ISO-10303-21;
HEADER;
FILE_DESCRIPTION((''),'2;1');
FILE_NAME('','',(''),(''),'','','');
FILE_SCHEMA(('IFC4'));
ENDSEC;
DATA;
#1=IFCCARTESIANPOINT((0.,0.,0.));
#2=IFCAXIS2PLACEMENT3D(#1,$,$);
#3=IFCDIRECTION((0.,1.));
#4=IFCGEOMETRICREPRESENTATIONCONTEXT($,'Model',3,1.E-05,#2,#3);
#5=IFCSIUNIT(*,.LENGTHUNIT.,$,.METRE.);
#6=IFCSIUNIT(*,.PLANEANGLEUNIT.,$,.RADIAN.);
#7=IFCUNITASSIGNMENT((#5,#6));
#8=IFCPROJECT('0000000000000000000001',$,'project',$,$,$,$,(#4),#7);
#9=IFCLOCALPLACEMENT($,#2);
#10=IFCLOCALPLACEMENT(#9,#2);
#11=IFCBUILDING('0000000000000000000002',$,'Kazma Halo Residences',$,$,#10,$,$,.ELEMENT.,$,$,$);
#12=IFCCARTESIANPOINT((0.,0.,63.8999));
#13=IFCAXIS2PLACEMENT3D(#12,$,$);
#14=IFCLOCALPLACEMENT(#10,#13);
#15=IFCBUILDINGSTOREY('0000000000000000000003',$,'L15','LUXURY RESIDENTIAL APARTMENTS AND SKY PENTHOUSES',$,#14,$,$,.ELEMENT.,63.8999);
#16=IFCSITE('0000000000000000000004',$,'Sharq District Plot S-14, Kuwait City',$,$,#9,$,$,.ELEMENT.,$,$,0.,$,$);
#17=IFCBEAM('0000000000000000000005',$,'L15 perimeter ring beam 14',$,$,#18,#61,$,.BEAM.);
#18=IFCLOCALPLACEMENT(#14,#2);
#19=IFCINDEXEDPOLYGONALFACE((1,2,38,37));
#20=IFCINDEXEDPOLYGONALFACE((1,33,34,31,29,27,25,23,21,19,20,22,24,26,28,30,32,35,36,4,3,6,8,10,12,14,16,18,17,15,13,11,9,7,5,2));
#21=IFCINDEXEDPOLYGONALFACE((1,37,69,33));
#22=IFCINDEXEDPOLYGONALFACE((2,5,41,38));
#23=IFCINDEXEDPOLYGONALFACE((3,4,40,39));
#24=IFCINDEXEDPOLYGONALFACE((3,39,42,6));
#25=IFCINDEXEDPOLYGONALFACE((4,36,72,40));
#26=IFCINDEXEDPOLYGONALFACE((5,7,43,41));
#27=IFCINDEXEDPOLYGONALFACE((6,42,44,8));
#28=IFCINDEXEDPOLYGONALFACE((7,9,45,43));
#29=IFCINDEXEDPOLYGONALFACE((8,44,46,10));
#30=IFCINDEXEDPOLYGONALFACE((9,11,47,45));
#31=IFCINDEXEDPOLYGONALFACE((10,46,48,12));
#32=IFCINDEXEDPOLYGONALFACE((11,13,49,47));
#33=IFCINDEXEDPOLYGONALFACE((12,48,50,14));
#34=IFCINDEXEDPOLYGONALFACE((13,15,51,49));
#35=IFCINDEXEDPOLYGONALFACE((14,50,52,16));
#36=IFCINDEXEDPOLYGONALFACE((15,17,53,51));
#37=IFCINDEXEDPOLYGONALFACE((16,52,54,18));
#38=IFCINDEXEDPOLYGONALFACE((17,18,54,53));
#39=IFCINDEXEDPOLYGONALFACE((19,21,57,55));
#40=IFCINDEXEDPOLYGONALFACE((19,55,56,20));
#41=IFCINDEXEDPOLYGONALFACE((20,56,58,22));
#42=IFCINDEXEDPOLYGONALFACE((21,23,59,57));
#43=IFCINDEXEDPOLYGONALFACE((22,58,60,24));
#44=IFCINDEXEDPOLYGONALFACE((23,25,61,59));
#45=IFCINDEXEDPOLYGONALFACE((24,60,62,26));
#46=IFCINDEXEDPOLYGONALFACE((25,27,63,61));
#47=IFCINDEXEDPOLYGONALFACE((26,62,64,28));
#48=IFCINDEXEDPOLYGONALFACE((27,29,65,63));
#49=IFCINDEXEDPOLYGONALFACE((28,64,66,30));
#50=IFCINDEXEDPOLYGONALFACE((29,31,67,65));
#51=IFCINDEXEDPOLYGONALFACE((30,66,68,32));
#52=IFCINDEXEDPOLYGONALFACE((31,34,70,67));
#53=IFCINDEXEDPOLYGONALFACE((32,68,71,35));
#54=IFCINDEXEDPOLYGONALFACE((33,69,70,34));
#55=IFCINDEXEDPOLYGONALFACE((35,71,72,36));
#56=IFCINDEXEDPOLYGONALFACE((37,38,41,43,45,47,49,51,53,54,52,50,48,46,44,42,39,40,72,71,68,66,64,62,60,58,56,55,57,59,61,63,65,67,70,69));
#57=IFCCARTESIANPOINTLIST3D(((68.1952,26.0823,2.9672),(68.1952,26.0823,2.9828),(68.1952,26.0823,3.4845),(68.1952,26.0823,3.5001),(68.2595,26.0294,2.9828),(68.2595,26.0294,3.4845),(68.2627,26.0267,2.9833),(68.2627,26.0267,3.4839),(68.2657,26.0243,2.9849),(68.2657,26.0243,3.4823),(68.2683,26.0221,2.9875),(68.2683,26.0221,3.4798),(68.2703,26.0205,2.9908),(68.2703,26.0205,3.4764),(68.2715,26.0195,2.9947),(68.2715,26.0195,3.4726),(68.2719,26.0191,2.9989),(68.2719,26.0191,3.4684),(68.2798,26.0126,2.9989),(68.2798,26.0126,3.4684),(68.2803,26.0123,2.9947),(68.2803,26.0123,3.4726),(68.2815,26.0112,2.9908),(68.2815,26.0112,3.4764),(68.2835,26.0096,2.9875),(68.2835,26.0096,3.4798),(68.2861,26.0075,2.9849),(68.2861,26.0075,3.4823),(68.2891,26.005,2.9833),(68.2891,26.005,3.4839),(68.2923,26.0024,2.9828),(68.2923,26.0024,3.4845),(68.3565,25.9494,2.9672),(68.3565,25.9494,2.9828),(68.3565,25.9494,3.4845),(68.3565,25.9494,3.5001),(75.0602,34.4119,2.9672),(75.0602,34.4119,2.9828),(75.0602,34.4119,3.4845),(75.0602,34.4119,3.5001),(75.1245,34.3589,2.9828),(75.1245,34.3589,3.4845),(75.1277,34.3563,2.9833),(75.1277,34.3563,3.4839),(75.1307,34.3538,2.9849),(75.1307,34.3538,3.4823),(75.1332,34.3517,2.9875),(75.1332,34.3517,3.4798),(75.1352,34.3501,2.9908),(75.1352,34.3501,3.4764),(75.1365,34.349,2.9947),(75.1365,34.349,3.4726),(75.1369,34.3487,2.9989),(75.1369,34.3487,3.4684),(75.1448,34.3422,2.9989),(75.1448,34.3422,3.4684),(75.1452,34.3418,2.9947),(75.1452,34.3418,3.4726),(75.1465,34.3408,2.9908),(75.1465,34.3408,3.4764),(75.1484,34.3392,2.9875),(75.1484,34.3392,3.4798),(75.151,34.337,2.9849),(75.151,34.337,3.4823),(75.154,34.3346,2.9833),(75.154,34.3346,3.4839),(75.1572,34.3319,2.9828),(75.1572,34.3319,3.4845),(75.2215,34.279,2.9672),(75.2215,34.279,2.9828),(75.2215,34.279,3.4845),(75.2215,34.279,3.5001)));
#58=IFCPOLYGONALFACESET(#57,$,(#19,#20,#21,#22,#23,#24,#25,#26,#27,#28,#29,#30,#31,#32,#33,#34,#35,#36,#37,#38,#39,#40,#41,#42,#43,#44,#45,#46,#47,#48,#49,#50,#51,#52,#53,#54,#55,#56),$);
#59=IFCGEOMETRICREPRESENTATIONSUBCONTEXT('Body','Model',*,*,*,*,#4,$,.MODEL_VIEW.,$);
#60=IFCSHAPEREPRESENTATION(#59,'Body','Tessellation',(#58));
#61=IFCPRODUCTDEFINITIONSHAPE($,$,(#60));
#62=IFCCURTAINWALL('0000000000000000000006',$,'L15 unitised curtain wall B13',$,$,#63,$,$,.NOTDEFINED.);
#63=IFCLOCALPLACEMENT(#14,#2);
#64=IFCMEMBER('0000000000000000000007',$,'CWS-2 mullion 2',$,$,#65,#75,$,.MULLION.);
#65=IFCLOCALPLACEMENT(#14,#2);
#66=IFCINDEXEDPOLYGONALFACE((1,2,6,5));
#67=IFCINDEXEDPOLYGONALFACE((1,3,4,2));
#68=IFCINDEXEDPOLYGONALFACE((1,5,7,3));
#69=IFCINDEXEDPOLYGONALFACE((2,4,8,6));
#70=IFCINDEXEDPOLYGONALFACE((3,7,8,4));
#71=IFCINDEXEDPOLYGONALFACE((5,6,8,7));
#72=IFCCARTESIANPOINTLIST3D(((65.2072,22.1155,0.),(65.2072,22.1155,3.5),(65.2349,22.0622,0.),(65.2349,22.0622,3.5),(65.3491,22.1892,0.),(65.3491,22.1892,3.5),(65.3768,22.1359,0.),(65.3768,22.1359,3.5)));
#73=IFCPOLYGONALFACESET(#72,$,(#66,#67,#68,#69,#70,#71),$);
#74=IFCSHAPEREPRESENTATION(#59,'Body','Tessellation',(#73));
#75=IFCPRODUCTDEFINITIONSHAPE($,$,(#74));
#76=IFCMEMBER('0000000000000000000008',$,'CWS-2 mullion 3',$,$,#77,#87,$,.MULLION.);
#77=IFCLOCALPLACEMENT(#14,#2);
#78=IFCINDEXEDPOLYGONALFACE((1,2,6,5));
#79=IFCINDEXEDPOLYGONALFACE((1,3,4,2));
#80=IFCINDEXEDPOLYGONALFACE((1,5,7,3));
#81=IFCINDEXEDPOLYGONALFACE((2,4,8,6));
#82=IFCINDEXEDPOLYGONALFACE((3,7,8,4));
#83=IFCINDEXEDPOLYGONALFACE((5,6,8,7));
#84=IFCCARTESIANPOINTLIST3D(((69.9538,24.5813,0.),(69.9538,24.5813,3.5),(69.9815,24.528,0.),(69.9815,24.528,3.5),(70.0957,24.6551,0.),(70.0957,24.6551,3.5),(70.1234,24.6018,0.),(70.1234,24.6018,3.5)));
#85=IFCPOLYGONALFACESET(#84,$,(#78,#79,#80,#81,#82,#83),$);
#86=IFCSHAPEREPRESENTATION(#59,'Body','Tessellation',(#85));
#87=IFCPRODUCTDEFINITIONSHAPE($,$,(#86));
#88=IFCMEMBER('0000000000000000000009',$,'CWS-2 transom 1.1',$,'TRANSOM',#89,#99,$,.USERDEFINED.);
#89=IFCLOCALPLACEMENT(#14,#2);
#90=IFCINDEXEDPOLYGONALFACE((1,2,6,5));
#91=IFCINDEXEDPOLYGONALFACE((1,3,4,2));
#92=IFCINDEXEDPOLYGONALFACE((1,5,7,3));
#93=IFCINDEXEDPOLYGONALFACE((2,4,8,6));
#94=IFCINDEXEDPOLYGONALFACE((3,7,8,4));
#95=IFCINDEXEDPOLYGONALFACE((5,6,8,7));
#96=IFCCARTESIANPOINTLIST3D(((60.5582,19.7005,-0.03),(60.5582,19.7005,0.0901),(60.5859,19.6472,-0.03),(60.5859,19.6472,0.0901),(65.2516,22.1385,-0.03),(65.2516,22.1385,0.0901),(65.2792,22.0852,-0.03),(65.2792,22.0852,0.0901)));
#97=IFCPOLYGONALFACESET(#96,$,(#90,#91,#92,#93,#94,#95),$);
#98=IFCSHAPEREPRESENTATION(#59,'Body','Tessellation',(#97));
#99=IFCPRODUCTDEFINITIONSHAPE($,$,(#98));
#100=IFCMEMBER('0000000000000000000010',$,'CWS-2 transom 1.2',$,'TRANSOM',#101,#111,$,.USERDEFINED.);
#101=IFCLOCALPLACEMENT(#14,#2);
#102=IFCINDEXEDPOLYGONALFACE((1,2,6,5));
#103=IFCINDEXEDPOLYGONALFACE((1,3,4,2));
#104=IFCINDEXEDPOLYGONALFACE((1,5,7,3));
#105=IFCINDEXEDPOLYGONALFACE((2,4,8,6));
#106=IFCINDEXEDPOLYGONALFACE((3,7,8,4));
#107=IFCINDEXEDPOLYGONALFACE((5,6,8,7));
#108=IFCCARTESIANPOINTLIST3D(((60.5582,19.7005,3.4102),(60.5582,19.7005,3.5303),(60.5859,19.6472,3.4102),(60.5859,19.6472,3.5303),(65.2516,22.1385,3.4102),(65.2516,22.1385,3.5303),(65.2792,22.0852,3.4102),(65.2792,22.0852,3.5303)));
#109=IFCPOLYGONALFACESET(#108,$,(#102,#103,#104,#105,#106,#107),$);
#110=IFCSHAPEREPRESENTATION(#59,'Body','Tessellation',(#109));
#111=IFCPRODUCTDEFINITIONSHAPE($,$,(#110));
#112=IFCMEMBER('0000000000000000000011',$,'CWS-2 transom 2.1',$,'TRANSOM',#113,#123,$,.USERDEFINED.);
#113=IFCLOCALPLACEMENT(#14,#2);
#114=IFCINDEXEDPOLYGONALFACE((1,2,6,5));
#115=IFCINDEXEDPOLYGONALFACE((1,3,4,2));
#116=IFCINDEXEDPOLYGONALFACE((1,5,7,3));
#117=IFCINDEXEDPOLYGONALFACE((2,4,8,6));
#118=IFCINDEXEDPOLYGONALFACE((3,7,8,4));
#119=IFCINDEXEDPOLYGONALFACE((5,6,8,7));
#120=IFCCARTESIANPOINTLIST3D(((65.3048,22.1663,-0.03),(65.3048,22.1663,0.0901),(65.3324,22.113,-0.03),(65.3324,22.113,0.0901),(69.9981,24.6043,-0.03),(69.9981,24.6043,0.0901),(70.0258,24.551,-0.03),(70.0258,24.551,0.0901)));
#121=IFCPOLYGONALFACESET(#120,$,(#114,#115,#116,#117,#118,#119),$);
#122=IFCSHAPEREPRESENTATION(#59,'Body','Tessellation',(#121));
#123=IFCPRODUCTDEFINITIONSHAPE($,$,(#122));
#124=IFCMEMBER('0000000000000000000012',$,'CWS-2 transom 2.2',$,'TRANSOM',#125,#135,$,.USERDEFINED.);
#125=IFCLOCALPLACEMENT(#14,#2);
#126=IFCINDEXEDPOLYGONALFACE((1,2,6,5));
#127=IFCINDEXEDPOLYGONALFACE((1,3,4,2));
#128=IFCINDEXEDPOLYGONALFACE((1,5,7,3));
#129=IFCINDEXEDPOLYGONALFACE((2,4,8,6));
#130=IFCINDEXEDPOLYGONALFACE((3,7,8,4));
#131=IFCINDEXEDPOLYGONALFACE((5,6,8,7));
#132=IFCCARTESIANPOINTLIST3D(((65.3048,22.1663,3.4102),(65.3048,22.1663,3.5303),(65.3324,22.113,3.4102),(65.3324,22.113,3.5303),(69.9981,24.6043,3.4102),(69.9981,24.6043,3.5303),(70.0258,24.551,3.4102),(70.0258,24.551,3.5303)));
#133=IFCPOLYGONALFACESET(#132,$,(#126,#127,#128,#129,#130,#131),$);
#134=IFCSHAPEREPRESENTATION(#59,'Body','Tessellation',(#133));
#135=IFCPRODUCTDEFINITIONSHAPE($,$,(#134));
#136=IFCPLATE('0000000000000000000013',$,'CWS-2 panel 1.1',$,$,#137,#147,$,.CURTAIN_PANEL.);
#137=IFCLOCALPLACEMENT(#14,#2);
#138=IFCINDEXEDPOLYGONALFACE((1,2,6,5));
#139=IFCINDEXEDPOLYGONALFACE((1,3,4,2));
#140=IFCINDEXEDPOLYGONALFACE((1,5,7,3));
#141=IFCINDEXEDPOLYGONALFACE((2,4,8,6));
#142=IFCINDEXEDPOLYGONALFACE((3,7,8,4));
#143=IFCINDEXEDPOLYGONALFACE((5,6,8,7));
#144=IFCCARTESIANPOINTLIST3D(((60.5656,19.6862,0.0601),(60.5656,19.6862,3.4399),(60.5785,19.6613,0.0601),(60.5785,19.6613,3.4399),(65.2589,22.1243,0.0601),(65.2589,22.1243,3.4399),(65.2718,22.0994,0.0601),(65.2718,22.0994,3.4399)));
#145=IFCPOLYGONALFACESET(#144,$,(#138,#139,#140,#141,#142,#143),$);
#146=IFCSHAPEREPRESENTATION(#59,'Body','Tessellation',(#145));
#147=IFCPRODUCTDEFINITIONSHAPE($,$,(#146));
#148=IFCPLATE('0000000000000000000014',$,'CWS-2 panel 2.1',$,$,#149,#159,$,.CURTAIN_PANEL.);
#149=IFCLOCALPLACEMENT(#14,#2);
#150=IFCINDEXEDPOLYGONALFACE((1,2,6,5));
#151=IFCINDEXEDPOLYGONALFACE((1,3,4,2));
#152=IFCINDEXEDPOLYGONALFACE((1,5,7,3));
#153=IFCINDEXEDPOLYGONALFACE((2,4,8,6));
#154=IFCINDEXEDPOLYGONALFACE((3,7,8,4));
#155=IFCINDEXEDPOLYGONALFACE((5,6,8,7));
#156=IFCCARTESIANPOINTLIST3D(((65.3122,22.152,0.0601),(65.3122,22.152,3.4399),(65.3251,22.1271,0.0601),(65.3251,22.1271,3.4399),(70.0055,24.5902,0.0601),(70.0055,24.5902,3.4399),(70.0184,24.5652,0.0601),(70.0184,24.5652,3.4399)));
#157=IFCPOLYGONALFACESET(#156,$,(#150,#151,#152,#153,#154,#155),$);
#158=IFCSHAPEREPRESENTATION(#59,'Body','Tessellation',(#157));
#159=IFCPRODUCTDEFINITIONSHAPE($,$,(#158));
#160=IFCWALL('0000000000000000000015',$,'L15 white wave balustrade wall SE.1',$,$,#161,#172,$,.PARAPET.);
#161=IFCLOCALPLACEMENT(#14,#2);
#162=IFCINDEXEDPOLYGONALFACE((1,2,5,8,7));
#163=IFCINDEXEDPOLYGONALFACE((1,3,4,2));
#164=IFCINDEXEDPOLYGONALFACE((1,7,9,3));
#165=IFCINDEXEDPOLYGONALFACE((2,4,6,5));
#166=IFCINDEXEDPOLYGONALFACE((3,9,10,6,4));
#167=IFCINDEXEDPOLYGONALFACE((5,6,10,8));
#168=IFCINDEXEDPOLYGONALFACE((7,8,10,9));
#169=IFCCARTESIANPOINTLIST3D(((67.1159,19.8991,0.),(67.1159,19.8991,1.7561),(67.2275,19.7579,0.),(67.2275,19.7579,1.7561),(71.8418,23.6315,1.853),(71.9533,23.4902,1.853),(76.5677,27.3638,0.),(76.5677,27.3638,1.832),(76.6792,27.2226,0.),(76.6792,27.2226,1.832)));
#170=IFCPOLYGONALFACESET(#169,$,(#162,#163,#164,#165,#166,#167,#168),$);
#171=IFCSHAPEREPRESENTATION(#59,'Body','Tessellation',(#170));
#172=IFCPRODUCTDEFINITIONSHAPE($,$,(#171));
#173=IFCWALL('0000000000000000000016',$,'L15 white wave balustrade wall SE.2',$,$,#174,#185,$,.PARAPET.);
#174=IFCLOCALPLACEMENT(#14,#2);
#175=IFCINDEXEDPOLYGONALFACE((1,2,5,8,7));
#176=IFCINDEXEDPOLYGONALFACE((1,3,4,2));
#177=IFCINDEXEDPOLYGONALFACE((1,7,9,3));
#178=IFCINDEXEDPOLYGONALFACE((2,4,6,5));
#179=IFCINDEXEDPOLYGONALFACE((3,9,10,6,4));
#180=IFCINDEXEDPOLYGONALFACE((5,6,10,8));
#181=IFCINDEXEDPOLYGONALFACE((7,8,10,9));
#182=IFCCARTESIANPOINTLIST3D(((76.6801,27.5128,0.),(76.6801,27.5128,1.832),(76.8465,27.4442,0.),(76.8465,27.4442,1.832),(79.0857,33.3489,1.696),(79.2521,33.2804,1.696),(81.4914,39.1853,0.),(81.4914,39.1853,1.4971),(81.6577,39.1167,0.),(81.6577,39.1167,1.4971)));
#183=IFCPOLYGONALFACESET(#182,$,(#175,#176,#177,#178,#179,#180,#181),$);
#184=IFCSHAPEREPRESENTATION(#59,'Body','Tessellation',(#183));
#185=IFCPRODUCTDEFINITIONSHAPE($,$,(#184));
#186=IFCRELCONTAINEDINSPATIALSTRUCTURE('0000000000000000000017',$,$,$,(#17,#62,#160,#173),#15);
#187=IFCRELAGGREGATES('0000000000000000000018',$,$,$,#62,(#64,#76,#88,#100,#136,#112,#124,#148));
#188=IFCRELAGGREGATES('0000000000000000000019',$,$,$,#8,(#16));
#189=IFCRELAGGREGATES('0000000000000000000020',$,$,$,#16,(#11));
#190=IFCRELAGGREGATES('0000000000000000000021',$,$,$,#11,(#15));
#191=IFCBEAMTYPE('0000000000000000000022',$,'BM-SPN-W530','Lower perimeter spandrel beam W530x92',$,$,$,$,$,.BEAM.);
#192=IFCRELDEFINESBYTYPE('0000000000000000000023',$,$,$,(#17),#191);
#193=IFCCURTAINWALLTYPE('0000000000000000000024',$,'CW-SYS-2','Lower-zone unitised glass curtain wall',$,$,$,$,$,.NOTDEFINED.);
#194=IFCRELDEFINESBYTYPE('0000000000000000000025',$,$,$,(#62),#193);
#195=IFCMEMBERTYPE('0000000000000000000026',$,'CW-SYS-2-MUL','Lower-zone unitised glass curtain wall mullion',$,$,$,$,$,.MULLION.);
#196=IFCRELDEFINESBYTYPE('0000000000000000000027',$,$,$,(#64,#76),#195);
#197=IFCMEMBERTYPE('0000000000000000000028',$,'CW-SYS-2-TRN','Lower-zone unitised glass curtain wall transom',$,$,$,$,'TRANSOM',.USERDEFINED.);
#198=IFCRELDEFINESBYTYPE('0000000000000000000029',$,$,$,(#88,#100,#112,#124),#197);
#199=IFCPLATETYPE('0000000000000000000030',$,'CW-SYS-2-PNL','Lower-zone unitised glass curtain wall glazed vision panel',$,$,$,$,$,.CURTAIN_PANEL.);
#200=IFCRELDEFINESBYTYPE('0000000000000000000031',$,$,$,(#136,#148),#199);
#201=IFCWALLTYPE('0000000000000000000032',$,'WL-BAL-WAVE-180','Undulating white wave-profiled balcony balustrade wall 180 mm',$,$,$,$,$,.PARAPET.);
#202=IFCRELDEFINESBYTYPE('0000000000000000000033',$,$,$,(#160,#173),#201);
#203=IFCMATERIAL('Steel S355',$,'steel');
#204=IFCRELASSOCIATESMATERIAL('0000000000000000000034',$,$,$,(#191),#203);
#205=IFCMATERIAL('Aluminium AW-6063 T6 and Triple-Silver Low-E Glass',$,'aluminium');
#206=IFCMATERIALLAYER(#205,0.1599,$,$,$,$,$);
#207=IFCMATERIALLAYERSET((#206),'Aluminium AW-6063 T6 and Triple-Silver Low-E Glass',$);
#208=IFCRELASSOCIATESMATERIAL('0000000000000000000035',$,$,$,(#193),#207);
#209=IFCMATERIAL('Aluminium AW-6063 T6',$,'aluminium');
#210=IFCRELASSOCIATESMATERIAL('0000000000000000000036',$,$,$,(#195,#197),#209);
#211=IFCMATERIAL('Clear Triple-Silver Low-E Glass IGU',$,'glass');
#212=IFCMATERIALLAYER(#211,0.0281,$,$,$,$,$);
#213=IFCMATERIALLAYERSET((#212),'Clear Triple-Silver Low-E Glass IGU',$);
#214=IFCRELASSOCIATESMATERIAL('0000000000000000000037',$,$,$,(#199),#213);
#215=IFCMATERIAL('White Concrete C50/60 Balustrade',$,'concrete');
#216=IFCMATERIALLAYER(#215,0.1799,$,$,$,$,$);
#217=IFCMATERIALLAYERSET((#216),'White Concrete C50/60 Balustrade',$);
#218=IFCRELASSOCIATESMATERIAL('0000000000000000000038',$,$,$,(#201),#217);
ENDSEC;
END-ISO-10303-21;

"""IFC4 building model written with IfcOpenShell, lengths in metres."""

from ifc_helpers import new_model, si_unit, direction, frame, origin, origin_2d, place, context, subcontext, project, spatial, polyline, rectangle, i_section, outline, extrude, material, layer, layer_set, material_profile, profile_set, type_object, element, aggregate, save


model = new_model("IFC4")

# Units and contexts
model_context = context("Model", 3, precision=1e-05, world=origin(), true_north=direction((0.0, 1.0)))
body_context = subcontext(model_context, "Body", "Model", "MODEL_VIEW")
ifc_project = project(units=[si_unit("LENGTHUNIT", "METRE"), si_unit("PLANEANGLEUNIT", "RADIAN")], contexts=[model_context])

# Site, building, storey
site_placement = place(None, origin())
site = spatial("IfcSite", under=ifc_project, at=site_placement, Name="Sharq District Plot S-14, Kuwait City", CompositionType="ELEMENT", RefElevation=0.0)
building_placement = place(site_placement, origin())
building = spatial("IfcBuilding", under=site, at=building_placement, Name="Kazma Halo Residences", CompositionType="ELEMENT")
storey_placement = place(building_placement, frame((0.0, 0.0, 63.8999)))
storey = spatial("IfcBuildingStorey", under=building, at=storey_placement, Name="L15", Description="LUXURY RESIDENTIAL APARTMENTS AND SKY PENTHOUSES", CompositionType="ELEMENT", Elevation=63.8999)

# Beam
ifc_material_1 = material(Name="Steel S355", Category="steel")
ifc_material_profile_1 = material_profile(ifc_material_1, i_section(OverallWidth=0.209, OverallDepth=0.533, WebThickness=0.0103, FlangeThickness=0.0156, FilletRadius=0.0161, at=origin_2d()), Name="W530x92")
ifc_profile_set_1 = profile_set([ifc_material_profile_1], Name="Steel S355")
beam_type_1 = type_object("IfcBeamType", Name="BM-SPN-W530", Description="Lower perimeter spandrel beam W530x92", PredefinedType="BEAM", material=ifc_profile_set_1)
beam_1_placement = place(storey_placement, frame((68.2759, 26.0159, 3.2336), z_axis=(0.636001, 0.771688, 0.0), x_axis=(-0.771688, 0.636001, 0.0)))
element("IfcBeam", 1, at=beam_1_placement, inside=storey, type_object=beam_type_1, Name="L15 perimeter ring beam 14", PredefinedType="BEAM", context=body_context, shape_type="SweptSolid", body=[
    extrude(i_section(OverallWidth=0.209, OverallDepth=0.533, WebThickness=0.0103, FlangeThickness=0.0156, FilletRadius=0.0161, at=origin_2d()), origin(), (0.0, 0.0, 1.0), 10.7939),
])

# Curtain wall, members, plates
ifc_material_2 = material(Name="Aluminium AW-6063 T6 and Triple-Silver Low-E Glass", Category="aluminium")
ifc_layer_1 = layer(ifc_material_2, 0.1599)
ifc_layer_set_1 = layer_set([ifc_layer_1], Name="Aluminium AW-6063 T6 and Triple-Silver Low-E Glass")
curtain_wall_type = type_object("IfcCurtainWallType", Name="CW-SYS-2", Description="Lower-zone unitised glass curtain wall", PredefinedType="NOTDEFINED", material=ifc_layer_set_1)
curtain_wall_placement = place(storey_placement, origin())
curtain_wall = element("IfcCurtainWall", 2, at=curtain_wall_placement, inside=storey, type_object=curtain_wall_type, Name="L15 unitised curtain wall B13", PredefinedType="NOTDEFINED")
ifc_material_3 = material(Name="Aluminium AW-6063 T6", Category="aluminium")
ifc_material_profile_2 = material_profile(ifc_material_3, rectangle(XDim=0.0601, YDim=0.1599, at=origin_2d()), Name="CWM-60x160")
ifc_profile_set_2 = profile_set([ifc_material_profile_2], Name="Aluminium AW-6063 T6")
member_type_1 = type_object("IfcMemberType", Name="CW-SYS-2-MUL", Description="Lower-zone unitised glass curtain wall mullion", PredefinedType="MULLION", material=ifc_profile_set_2)
member_1_placement = place(storey_placement, frame((65.292, 22.1257, 0.0), z_axis=(0.0, 0.0, 1.0), x_axis=(-0.460996, 0.887402, 0.0)))
member_1 = element("IfcMember", 3, at=member_1_placement, type_object=member_type_1, Name="CWS-2 mullion 2", PredefinedType="MULLION", context=body_context, shape_type="SweptSolid", body=[
    extrude(rectangle(XDim=0.0601, YDim=0.1599, at=origin_2d()), origin(), (0.0, 0.0, 1.0), 3.5),
])
member_2_placement = place(storey_placement, frame((70.0386, 24.5916, 0.0), z_axis=(0.0, 0.0, 1.0), x_axis=(-0.460996, 0.887402, 0.0)))
member_2 = element("IfcMember", 4, at=member_2_placement, type_object=member_type_1, Name="CWS-2 mullion 3", PredefinedType="MULLION", context=body_context, shape_type="SweptSolid", body=[
    extrude(rectangle(XDim=0.0601, YDim=0.1599, at=origin_2d()), origin(), (0.0, 0.0, 1.0), 3.5),
])
ifc_material_profile_3 = material_profile(ifc_material_3, rectangle(XDim=0.0601, YDim=0.1201, at=origin_2d()), Name="CWT-60x120")
ifc_profile_set_3 = profile_set([ifc_material_profile_3], Name="Aluminium AW-6063 T6")
member_type_2 = type_object("IfcMemberType", Name="CW-SYS-2-TRN", Description="Lower-zone unitised glass curtain wall transom", ElementType="TRANSOM", PredefinedType="USERDEFINED", material=ifc_profile_set_3)
member_3_placement = place(storey_placement, frame((60.572, 19.6738, 0.03), z_axis=(0.887415, 0.460972, 0.0), x_axis=(-0.460972, 0.887415, 0.0)))
member_3 = element("IfcMember", 5, at=member_3_placement, type_object=member_type_2, Name="CWS-2 transom 1.1", ObjectType="TRANSOM", PredefinedType="USERDEFINED", context=body_context, shape_type="SweptSolid", body=[
    extrude(rectangle(XDim=0.0601, YDim=0.1201, at=origin_2d()), origin(), (0.0, 0.0, 1.0), 5.2888),
])
member_4_placement = place(storey_placement, frame((60.572, 19.6738, 3.4702), z_axis=(0.887415, 0.460972, 0.0), x_axis=(-0.460972, 0.887415, 0.0)))
member_4 = element("IfcMember", 6, at=member_4_placement, type_object=member_type_2, Name="CWS-2 transom 1.2", ObjectType="TRANSOM", PredefinedType="USERDEFINED", context=body_context, shape_type="SweptSolid", body=[
    extrude(rectangle(XDim=0.0601, YDim=0.1201, at=origin_2d()), origin(), (0.0, 0.0, 1.0), 5.2888),
])
member_5_placement = place(storey_placement, frame((65.3186, 22.1396, 0.03), z_axis=(0.887415, 0.460972, 0.0), x_axis=(-0.460972, 0.887415, 0.0)))
member_5 = element("IfcMember", 7, at=member_5_placement, type_object=member_type_2, Name="CWS-2 transom 2.1", ObjectType="TRANSOM", PredefinedType="USERDEFINED", context=body_context, shape_type="SweptSolid", body=[
    extrude(rectangle(XDim=0.0601, YDim=0.1201, at=origin_2d()), origin(), (0.0, 0.0, 1.0), 5.2888),
])
member_6_placement = place(storey_placement, frame((65.3186, 22.1396, 3.4702), z_axis=(0.887415, 0.460972, 0.0), x_axis=(-0.460972, 0.887415, 0.0)))
member_6 = element("IfcMember", 8, at=member_6_placement, type_object=member_type_2, Name="CWS-2 transom 2.2", ObjectType="TRANSOM", PredefinedType="USERDEFINED", context=body_context, shape_type="SweptSolid", body=[
    extrude(rectangle(XDim=0.0601, YDim=0.1201, at=origin_2d()), origin(), (0.0, 0.0, 1.0), 5.2888),
])
ifc_material_4 = material(Name="Clear Triple-Silver Low-E Glass IGU", Category="glass")
ifc_layer_2 = layer(ifc_material_4, 0.0281)
ifc_layer_set_2 = layer_set([ifc_layer_2], Name="Clear Triple-Silver Low-E Glass IGU")
plate_type = type_object("IfcPlateType", Name="CW-SYS-2-PNL", Description="Lower-zone unitised glass curtain wall glazed vision panel", PredefinedType="CURTAIN_PANEL", material=ifc_layer_set_2)
plate_1_placement = place(storey_placement, frame((62.9187, 20.8928, 0.0601), z_axis=(0.0, 0.0, 1.0), x_axis=(0.887402, 0.460996, 0.0)))
plate_1 = element("IfcPlate", 9, at=plate_1_placement, type_object=plate_type, Name="CWS-2 panel 1.1", PredefinedType="CURTAIN_PANEL", context=body_context, shape_type="SweptSolid", body=[
    extrude(rectangle(XDim=5.2888, YDim=0.0281, at=origin_2d()), origin(), (0.0, 0.0, 1.0), 3.3799),
])
plate_2_placement = place(storey_placement, frame((67.6653, 23.3586, 0.0601), z_axis=(0.0, 0.0, 1.0), x_axis=(0.887402, 0.460996, 0.0)))
plate_2 = element("IfcPlate", 10, at=plate_2_placement, type_object=plate_type, Name="CWS-2 panel 2.1", PredefinedType="CURTAIN_PANEL", context=body_context, shape_type="SweptSolid", body=[
    extrude(rectangle(XDim=5.2888, YDim=0.0281, at=origin_2d()), origin(), (0.0, 0.0, 1.0), 3.3799),
])
aggregate(curtain_wall, [member_1, member_2, member_3, member_4, plate_1, member_5, member_6, plate_2])

# Walls
ifc_material_5 = material(Name="White Concrete C50/60 Balustrade", Category="concrete")
ifc_layer_3 = layer(ifc_material_5, 0.1799)
ifc_layer_set_3 = layer_set([ifc_layer_3], Name="White Concrete C50/60 Balustrade")
wall_type_1 = type_object("IfcWallType", Name="WL-BAL-WAVE-180", Description="Undulating white wave-profiled balcony balustrade wall 180 mm", PredefinedType="PARAPET", material=ifc_layer_set_3)
wall_1_placement = place(storey_placement, frame((67.1716, 19.8286, 0.0), z_axis=(0.0, 0.0, 1.0), x_axis=(0.784771, 0.619786, 0.0)))
element("IfcWall", 11, at=wall_1_placement, inside=storey, type_object=wall_type_1, Name="L15 white wave balustrade wall SE.1", PredefinedType="PARAPET", context=body_context, shape_type="SweptSolid", body=[
    extrude(outline(polyline([(0.0, 0.0), (12.0439, 0.0), (12.0439, 1.832), (6.022, 1.853), (0.0, 1.7561), (0.0, 0.0)])), frame((0.0, 0.0898, 0.0), z_axis=(0.0, -1.0, 0.0), x_axis=(1.0, 0.0, 0.0)), (0.0, 0.0, 1.0), 0.1799),
])
wall_2_placement = place(storey_placement, frame((76.7632, 27.4785, 0.0), z_axis=(0.0, 0.0, 1.0), x_axis=(0.381082, 0.924541, 0.0)))
element("IfcWall", 12, at=wall_2_placement, inside=storey, type_object=wall_type_1, Name="L15 white wave balustrade wall SE.2", PredefinedType="PARAPET", context=body_context, shape_type="SweptSolid", body=[
    extrude(outline(polyline([(0.0, 0.0), (12.6252, 0.0), (12.6252, 1.4971), (6.3125, 1.696), (0.0, 1.832), (0.0, 0.0)])), frame((0.0, 0.0898, 0.0), z_axis=(0.0, -1.0, 0.0), x_axis=(1.0, 0.0, 0.0)), (0.0, 0.0, 1.0), 0.1799),
])

save(model, "model.ifc")
